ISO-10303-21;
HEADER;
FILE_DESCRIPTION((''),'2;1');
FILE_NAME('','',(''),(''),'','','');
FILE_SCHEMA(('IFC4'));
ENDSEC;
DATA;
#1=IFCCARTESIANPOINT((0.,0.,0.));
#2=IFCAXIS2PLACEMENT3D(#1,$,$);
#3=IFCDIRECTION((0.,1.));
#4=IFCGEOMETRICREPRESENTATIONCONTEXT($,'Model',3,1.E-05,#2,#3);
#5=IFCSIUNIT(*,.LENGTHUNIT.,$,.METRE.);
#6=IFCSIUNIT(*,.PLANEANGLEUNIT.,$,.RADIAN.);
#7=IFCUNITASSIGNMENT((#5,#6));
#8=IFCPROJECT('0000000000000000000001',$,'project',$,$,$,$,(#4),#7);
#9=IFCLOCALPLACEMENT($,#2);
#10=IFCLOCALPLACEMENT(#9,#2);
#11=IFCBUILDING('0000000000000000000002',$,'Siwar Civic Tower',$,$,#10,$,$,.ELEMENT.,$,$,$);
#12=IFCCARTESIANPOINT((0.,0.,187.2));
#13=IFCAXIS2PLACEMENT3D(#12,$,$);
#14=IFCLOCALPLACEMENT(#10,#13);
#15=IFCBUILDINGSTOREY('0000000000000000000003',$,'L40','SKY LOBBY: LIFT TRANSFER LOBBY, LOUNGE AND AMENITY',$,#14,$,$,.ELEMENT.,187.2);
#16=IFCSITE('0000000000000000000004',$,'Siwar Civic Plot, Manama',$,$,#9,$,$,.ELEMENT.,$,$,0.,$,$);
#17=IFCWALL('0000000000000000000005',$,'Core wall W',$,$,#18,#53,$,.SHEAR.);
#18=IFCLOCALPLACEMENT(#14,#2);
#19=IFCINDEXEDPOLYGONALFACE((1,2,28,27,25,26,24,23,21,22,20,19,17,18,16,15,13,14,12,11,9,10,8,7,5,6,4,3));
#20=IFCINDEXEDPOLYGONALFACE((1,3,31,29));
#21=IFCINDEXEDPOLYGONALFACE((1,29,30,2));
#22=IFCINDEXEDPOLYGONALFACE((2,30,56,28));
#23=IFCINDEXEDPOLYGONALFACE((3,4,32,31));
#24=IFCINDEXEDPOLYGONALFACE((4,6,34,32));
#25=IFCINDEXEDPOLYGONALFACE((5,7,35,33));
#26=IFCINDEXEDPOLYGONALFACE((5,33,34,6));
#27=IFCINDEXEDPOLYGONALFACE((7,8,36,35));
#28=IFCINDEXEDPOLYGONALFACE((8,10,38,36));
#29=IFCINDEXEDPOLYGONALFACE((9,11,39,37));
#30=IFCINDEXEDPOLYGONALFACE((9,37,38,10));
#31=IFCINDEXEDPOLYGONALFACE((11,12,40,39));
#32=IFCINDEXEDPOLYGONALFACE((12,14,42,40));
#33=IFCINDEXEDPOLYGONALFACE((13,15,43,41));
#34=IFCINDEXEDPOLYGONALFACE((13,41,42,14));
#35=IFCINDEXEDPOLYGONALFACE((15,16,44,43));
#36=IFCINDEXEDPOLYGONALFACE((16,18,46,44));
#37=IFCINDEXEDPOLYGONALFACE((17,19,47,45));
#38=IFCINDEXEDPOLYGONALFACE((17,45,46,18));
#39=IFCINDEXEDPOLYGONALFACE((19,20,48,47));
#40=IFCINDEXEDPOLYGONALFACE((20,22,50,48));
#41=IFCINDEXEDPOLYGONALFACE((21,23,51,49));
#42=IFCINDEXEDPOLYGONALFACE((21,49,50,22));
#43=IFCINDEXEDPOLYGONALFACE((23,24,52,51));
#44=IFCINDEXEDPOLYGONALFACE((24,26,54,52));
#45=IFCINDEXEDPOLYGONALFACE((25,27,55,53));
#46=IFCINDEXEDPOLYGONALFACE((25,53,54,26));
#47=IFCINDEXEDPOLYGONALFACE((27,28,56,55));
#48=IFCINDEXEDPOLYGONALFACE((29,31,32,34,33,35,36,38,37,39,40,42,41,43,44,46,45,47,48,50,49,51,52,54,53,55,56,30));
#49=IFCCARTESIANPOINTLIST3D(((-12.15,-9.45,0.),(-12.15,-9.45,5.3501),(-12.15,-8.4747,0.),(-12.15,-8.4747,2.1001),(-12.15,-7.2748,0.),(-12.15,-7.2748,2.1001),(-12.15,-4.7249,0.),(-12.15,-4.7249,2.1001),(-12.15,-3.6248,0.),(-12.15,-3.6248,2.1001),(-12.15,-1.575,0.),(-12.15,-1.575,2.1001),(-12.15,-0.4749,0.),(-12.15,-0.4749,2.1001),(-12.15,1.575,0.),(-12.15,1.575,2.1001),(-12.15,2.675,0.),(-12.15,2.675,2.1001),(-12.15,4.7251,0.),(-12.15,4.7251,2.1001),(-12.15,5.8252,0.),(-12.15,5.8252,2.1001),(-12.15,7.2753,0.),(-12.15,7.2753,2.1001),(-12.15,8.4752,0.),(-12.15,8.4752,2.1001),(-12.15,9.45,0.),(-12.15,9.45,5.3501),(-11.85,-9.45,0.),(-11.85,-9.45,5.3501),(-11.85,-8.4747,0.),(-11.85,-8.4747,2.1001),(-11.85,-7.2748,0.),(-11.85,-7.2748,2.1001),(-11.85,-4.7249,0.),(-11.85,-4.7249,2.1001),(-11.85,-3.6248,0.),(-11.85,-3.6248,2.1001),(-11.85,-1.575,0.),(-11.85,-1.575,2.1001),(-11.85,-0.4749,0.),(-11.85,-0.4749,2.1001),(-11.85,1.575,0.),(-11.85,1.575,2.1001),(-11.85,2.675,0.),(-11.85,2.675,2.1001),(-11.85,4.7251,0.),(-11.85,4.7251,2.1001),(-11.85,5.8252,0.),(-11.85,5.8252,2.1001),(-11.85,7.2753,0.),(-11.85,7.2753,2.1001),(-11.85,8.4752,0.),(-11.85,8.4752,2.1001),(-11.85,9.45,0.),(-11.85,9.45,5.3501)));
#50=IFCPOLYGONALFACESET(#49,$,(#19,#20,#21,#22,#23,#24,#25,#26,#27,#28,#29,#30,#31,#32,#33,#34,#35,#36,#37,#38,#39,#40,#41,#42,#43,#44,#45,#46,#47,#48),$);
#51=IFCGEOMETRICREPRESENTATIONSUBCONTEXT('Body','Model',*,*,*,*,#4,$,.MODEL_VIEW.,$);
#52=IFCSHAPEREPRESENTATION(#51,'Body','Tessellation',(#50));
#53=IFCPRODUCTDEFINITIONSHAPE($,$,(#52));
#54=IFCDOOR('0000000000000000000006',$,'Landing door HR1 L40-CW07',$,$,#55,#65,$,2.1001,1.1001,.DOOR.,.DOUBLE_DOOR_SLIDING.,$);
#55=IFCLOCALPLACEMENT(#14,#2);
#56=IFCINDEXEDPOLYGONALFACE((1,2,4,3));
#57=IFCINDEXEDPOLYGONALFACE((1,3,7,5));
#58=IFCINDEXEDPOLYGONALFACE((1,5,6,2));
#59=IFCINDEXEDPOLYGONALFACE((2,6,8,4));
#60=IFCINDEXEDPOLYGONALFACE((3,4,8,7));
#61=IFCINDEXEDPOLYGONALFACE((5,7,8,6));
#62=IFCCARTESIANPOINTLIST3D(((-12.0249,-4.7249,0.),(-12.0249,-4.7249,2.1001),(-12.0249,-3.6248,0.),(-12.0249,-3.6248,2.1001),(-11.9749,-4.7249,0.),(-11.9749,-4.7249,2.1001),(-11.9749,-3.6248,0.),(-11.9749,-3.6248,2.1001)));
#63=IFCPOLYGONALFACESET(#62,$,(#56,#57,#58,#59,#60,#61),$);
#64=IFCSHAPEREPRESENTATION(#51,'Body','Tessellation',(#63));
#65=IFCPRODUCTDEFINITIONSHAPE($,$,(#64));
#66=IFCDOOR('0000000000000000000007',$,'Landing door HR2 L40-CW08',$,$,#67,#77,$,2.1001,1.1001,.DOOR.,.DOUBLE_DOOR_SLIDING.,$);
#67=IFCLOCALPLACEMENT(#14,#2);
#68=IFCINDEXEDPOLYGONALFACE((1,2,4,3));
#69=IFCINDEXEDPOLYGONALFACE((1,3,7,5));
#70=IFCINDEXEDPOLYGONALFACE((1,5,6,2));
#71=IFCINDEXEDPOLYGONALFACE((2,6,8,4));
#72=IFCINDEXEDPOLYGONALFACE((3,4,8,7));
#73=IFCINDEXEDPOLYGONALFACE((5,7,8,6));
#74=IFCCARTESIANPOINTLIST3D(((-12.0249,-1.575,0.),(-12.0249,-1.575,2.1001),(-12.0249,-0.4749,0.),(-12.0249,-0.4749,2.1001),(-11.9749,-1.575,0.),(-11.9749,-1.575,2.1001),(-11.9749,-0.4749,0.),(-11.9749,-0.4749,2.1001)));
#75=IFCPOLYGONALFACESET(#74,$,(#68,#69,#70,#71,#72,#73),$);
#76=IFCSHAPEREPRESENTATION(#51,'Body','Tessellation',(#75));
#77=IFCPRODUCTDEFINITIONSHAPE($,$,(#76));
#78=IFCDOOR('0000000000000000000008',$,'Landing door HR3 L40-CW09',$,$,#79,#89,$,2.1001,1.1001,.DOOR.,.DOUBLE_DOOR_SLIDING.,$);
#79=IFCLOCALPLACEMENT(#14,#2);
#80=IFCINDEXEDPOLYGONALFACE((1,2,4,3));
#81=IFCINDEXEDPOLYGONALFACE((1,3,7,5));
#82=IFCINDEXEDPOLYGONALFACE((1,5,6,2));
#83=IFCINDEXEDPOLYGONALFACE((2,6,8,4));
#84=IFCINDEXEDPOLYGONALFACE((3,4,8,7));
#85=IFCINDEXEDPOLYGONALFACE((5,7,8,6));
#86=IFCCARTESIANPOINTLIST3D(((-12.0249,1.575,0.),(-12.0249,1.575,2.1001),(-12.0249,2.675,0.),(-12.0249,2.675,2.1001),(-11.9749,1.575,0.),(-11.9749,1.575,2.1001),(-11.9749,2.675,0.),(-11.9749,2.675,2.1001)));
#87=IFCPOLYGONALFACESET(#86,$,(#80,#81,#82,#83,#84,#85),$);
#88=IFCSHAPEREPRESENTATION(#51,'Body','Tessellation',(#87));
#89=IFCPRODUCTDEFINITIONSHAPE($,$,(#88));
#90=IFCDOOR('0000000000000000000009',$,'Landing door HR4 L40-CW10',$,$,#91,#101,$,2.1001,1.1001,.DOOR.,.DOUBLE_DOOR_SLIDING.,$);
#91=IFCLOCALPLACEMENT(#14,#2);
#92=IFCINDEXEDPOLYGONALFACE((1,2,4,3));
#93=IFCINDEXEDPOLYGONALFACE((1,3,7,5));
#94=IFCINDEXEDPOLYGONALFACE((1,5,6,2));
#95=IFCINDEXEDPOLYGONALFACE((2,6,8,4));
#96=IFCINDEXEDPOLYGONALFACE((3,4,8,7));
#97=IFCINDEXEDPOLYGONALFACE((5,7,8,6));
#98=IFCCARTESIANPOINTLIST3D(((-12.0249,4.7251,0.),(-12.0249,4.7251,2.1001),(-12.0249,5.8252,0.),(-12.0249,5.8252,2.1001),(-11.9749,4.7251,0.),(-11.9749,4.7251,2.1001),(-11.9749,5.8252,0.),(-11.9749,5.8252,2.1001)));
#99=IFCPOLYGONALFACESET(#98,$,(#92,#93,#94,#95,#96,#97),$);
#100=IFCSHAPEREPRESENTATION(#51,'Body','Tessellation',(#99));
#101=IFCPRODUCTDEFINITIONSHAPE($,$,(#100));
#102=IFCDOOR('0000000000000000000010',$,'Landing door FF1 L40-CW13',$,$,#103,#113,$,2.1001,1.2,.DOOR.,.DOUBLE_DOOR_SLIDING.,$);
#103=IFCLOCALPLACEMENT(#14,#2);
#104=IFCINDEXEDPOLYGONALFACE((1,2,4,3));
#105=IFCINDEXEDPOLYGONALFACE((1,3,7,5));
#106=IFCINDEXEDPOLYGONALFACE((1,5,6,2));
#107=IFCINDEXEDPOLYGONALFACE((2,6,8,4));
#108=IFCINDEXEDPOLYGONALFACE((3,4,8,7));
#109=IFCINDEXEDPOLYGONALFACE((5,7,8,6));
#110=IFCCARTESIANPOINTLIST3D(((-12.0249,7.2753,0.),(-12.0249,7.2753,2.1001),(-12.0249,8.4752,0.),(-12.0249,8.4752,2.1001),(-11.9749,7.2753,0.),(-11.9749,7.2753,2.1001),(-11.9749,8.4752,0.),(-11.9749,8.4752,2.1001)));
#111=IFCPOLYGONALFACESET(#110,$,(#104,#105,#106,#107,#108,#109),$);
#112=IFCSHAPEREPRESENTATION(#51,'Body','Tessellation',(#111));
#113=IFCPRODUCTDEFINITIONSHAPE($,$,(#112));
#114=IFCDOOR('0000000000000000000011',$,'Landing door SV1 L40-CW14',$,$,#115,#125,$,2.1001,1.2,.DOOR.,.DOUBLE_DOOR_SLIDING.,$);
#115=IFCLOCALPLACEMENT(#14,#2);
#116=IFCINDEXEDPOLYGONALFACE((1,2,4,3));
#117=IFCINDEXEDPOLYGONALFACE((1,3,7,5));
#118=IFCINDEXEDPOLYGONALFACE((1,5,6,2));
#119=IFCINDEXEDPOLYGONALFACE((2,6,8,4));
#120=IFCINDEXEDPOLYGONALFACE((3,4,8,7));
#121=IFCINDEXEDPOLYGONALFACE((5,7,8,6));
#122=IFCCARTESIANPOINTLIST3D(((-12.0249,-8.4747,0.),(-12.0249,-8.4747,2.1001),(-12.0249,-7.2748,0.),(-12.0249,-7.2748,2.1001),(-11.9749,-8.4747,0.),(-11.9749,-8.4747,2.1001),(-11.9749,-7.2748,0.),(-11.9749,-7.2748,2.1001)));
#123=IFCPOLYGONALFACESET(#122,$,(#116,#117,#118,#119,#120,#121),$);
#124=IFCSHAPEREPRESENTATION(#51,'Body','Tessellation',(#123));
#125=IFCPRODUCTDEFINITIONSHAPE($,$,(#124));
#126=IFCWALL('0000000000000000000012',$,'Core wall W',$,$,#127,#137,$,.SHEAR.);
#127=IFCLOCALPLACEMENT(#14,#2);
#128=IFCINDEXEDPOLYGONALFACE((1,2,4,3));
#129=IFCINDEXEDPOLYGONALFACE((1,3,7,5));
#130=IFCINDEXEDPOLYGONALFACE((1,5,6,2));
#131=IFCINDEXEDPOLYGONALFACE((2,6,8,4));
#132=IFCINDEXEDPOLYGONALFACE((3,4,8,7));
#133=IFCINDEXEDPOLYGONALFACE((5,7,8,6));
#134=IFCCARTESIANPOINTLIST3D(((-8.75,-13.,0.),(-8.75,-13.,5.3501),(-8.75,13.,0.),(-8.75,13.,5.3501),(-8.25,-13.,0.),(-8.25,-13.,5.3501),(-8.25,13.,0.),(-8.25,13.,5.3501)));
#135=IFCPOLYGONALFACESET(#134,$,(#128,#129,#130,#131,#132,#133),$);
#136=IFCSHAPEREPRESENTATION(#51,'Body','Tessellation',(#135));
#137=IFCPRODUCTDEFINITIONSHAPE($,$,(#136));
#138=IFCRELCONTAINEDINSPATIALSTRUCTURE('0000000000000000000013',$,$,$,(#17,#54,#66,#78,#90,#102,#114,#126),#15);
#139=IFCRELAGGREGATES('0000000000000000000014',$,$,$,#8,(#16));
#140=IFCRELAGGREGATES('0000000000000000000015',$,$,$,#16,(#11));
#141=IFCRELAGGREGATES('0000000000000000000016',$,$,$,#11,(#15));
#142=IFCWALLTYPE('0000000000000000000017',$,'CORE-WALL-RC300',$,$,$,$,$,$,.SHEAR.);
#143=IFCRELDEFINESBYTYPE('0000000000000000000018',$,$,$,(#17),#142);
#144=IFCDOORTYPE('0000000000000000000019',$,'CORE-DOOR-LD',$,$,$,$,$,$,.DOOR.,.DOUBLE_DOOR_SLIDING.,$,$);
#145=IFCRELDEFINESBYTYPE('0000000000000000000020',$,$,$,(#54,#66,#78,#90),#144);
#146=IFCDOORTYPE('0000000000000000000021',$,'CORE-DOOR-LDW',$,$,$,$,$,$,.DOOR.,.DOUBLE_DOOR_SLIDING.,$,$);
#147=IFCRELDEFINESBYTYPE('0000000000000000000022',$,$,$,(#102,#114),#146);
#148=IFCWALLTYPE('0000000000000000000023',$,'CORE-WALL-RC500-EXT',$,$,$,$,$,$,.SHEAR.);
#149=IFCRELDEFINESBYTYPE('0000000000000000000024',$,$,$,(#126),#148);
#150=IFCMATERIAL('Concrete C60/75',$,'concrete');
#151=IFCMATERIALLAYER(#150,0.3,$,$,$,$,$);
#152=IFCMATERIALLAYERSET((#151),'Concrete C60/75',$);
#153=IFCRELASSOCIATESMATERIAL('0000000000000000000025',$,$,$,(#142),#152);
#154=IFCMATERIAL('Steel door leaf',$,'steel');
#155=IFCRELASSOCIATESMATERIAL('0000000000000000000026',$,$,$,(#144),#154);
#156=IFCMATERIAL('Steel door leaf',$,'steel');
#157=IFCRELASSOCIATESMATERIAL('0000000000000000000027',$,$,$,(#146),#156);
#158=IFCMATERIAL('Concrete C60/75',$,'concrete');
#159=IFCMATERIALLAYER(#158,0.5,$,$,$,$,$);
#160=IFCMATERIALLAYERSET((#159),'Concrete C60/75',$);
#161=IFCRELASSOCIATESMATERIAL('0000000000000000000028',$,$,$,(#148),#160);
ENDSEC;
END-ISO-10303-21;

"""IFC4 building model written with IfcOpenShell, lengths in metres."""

from ifc_helpers import new_model, si_unit, direction, frame, frame_2d, origin, place, context, subcontext, project, spatial, rectangle, extrude, material, layer, layer_set, type_object, element, fill, save


model = new_model("IFC4")

# Units and contexts
model_context = context("Model", 3, precision=1e-05, world=origin(), true_north=direction((0.0, 1.0)))
body_context = subcontext(model_context, "Body", "Model", "MODEL_VIEW")
ifc_project = project(units=[si_unit("LENGTHUNIT", "METRE"), si_unit("PLANEANGLEUNIT", "RADIAN")], contexts=[model_context])

# Site, building, storey
site_placement = place(None, origin())
site = spatial("IfcSite", under=ifc_project, at=site_placement, Name="Siwar Civic Plot, Manama", CompositionType="ELEMENT", RefElevation=0.0)
building_placement = place(site_placement, origin())
building = spatial("IfcBuilding", under=site, at=building_placement, Name="Siwar Civic Tower", CompositionType="ELEMENT")
storey_placement = place(building_placement, frame((0.0, 0.0, 187.2)))
storey = spatial("IfcBuildingStorey", under=building, at=storey_placement, Name="L40", Description="SKY LOBBY: LIFT TRANSFER LOBBY, LOUNGE AND AMENITY", CompositionType="ELEMENT", Elevation=187.2)

# Wall, openings, doors
ifc_material_1 = material(Name="Concrete C60/75", Category="concrete")
ifc_layer_1 = layer(ifc_material_1, 0.3)
ifc_layer_set_1 = layer_set([ifc_layer_1], Name="Concrete C60/75")
wall_type_1 = type_object("IfcWallType", Name="CORE-WALL-RC300", PredefinedType="SHEAR", material=ifc_layer_set_1)
wall_1_placement = place(storey_placement, frame((-12.0, -9.45, 0.0), z_axis=(0.0, 0.0, 1.0), x_axis=(0.0, 1.0, 0.0)))
wall_1 = element("IfcWall", 1, at=wall_1_placement, inside=storey, type_object=wall_type_1, Name="Core wall W", PredefinedType="SHEAR", context=body_context, shape_type="SweptSolid", body=[
    extrude(rectangle(XDim=18.8999, YDim=0.3, at=frame_2d((9.45, 0.0))), origin(), (0.0, 0.0, 1.0), 5.3501),
])
opening_1_placement = place(wall_1_placement, frame((4.7251, 0.0, 0.0)))
opening_1 = element("IfcOpeningElement", 2, at=opening_1_placement, cuts=wall_1, PredefinedType="OPENING", context=body_context, shape_type="SweptSolid", body=[
    extrude(rectangle(XDim=1.1001, YDim=2.1001, at=frame_2d((0.55, 1.05))), frame((0.0, 0.1602, 0.0), z_axis=(0.0, -1.0, 0.0), x_axis=(1.0, 0.0, 0.0)), (0.0, 0.0, 1.0), 0.3201),
])
opening_2_placement = place(wall_1_placement, frame((7.875, 0.0, 0.0)))
opening_2 = element("IfcOpeningElement", 3, at=opening_2_placement, cuts=wall_1, PredefinedType="OPENING", context=body_context, shape_type="SweptSolid", body=[
    extrude(rectangle(XDim=1.1001, YDim=2.1001, at=frame_2d((0.55, 1.05))), frame((0.0, 0.1602, 0.0), z_axis=(0.0, -1.0, 0.0), x_axis=(1.0, 0.0, 0.0)), (0.0, 0.0, 1.0), 0.3201),
])
opening_3_placement = place(wall_1_placement, frame((11.0249, 0.0, 0.0)))
opening_3 = element("IfcOpeningElement", 4, at=opening_3_placement, cuts=wall_1, PredefinedType="OPENING", context=body_context, shape_type="SweptSolid", body=[
    extrude(rectangle(XDim=1.1001, YDim=2.1001, at=frame_2d((0.55, 1.05))), frame((0.0, 0.1602, 0.0), z_axis=(0.0, -1.0, 0.0), x_axis=(1.0, 0.0, 0.0)), (0.0, 0.0, 1.0), 0.3201),
])
opening_4_placement = place(wall_1_placement, frame((14.175, 0.0, 0.0)))
opening_4 = element("IfcOpeningElement", 5, at=opening_4_placement, cuts=wall_1, PredefinedType="OPENING", context=body_context, shape_type="SweptSolid", body=[
    extrude(rectangle(XDim=1.1001, YDim=2.1001, at=frame_2d((0.55, 1.05))), frame((0.0, 0.1602, 0.0), z_axis=(0.0, -1.0, 0.0), x_axis=(1.0, 0.0, 0.0)), (0.0, 0.0, 1.0), 0.3201),
])
opening_5_placement = place(wall_1_placement, frame((16.7251, 0.0, 0.0)))
opening_5 = element("IfcOpeningElement", 6, at=opening_5_placement, cuts=wall_1, PredefinedType="OPENING", context=body_context, shape_type="SweptSolid", body=[
    extrude(rectangle(XDim=1.2, YDim=2.1001, at=frame_2d((0.6001, 1.05))), frame((0.0, 0.1602, 0.0), z_axis=(0.0, -1.0, 0.0), x_axis=(1.0, 0.0, 0.0)), (0.0, 0.0, 1.0), 0.3201),
])
opening_6_placement = place(wall_1_placement, frame((0.9751, 0.0, 0.0)))
opening_6 = element("IfcOpeningElement", 7, at=opening_6_placement, cuts=wall_1, PredefinedType="OPENING", context=body_context, shape_type="SweptSolid", body=[
    extrude(rectangle(XDim=1.2, YDim=2.1001, at=frame_2d((0.6001, 1.05))), frame((0.0, 0.1602, 0.0), z_axis=(0.0, -1.0, 0.0), x_axis=(1.0, 0.0, 0.0)), (0.0, 0.0, 1.0), 0.3201),
])
ifc_material_2 = material(Name="Steel door leaf", Category="steel")
door_type_1 = type_object("IfcDoorType", Name="CORE-DOOR-LD", OperationType="DOUBLE_DOOR_SLIDING", PredefinedType="DOOR", material=ifc_material_2)
door_1_placement = place(opening_1_placement, origin())
door_1 = element("IfcDoor", 8, at=door_1_placement, inside=storey, type_object=door_type_1, Name="Landing door HR1 L40-CW07", OperationType="DOUBLE_DOOR_SLIDING", OverallHeight=2.1001, OverallWidth=1.1001, PredefinedType="DOOR", context=body_context, shape_type="SweptSolid", body=[
    extrude(rectangle(XDim=1.1001, YDim=2.1001, at=frame_2d((0.55, 1.05))), frame((0.0, 0.0249, 0.0), z_axis=(0.0, -1.0, 0.0), x_axis=(1.0, 0.0, 0.0)), (0.0, 0.0, 1.0), 0.05),
])
fill(opening_1, door_1)
door_2_placement = place(opening_2_placement, origin())
door_2 = element("IfcDoor", 9, at=door_2_placement, inside=storey, type_object=door_type_1, Name="Landing door HR2 L40-CW08", OperationType="DOUBLE_DOOR_SLIDING", OverallHeight=2.1001, OverallWidth=1.1001, PredefinedType="DOOR", context=body_context, shape_type="SweptSolid", body=[
    extrude(rectangle(XDim=1.1001, YDim=2.1001, at=frame_2d((0.55, 1.05))), frame((0.0, 0.0249, 0.0), z_axis=(0.0, -1.0, 0.0), x_axis=(1.0, 0.0, 0.0)), (0.0, 0.0, 1.0), 0.05),
])
fill(opening_2, door_2)
door_3_placement = place(opening_3_placement, origin())
door_3 = element("IfcDoor", 10, at=door_3_placement, inside=storey, type_object=door_type_1, Name="Landing door HR3 L40-CW09", OperationType="DOUBLE_DOOR_SLIDING", OverallHeight=2.1001, OverallWidth=1.1001, PredefinedType="DOOR", context=body_context, shape_type="SweptSolid", body=[
    extrude(rectangle(XDim=1.1001, YDim=2.1001, at=frame_2d((0.55, 1.05))), frame((0.0, 0.0249, 0.0), z_axis=(0.0, -1.0, 0.0), x_axis=(1.0, 0.0, 0.0)), (0.0, 0.0, 1.0), 0.05),
])
fill(opening_3, door_3)
door_4_placement = place(opening_4_placement, origin())
door_4 = element("IfcDoor", 11, at=door_4_placement, inside=storey, type_object=door_type_1, Name="Landing door HR4 L40-CW10", OperationType="DOUBLE_DOOR_SLIDING", OverallHeight=2.1001, OverallWidth=1.1001, PredefinedType="DOOR", context=body_context, shape_type="SweptSolid", body=[
    extrude(rectangle(XDim=1.1001, YDim=2.1001, at=frame_2d((0.55, 1.05))), frame((0.0, 0.0249, 0.0), z_axis=(0.0, -1.0, 0.0), x_axis=(1.0, 0.0, 0.0)), (0.0, 0.0, 1.0), 0.05),
])
fill(opening_4, door_4)
ifc_material_3 = material(Name="Steel door leaf", Category="steel")
door_type_2 = type_object("IfcDoorType", Name="CORE-DOOR-LDW", OperationType="DOUBLE_DOOR_SLIDING", PredefinedType="DOOR", material=ifc_material_3)
door_5_placement = place(opening_5_placement, origin())
door_5 = element("IfcDoor", 12, at=door_5_placement, inside=storey, type_object=door_type_2, Name="Landing door FF1 L40-CW13", OperationType="DOUBLE_DOOR_SLIDING", OverallHeight=2.1001, OverallWidth=1.2, PredefinedType="DOOR", context=body_context, shape_type="SweptSolid", body=[
    extrude(rectangle(XDim=1.2, YDim=2.1001, at=frame_2d((0.6001, 1.05))), frame((0.0, 0.0249, 0.0), z_axis=(0.0, -1.0, 0.0), x_axis=(1.0, 0.0, 0.0)), (0.0, 0.0, 1.0), 0.05),
])
fill(opening_5, door_5)
door_6_placement = place(opening_6_placement, origin())
door_6 = element("IfcDoor", 13, at=door_6_placement, inside=storey, type_object=door_type_2, Name="Landing door SV1 L40-CW14", OperationType="DOUBLE_DOOR_SLIDING", OverallHeight=2.1001, OverallWidth=1.2, PredefinedType="DOOR", context=body_context, shape_type="SweptSolid", body=[
    extrude(rectangle(XDim=1.2, YDim=2.1001, at=frame_2d((0.6001, 1.05))), frame((0.0, 0.0249, 0.0), z_axis=(0.0, -1.0, 0.0), x_axis=(1.0, 0.0, 0.0)), (0.0, 0.0, 1.0), 0.05),
])
fill(opening_6, door_6)

# Wall
ifc_material_4 = material(Name="Concrete C60/75", Category="concrete")
ifc_layer_2 = layer(ifc_material_4, 0.5)
ifc_layer_set_2 = layer_set([ifc_layer_2], Name="Concrete C60/75")
wall_type_2 = type_object("IfcWallType", Name="CORE-WALL-RC500-EXT", PredefinedType="SHEAR", material=ifc_layer_set_2)
wall_2_placement = place(storey_placement, frame((-8.5, -13.0, 0.0), z_axis=(0.0, 0.0, 1.0), x_axis=(0.0, 1.0, 0.0)))
element("IfcWall", 14, at=wall_2_placement, inside=storey, type_object=wall_type_2, Name="Core wall W", PredefinedType="SHEAR", context=body_context, shape_type="SweptSolid", body=[
    extrude(rectangle(XDim=26.0, YDim=0.5, at=frame_2d((13.0, 0.0))), origin(), (0.0, 0.0, 1.0), 5.3501),
])

save(model, "model.ifc")
